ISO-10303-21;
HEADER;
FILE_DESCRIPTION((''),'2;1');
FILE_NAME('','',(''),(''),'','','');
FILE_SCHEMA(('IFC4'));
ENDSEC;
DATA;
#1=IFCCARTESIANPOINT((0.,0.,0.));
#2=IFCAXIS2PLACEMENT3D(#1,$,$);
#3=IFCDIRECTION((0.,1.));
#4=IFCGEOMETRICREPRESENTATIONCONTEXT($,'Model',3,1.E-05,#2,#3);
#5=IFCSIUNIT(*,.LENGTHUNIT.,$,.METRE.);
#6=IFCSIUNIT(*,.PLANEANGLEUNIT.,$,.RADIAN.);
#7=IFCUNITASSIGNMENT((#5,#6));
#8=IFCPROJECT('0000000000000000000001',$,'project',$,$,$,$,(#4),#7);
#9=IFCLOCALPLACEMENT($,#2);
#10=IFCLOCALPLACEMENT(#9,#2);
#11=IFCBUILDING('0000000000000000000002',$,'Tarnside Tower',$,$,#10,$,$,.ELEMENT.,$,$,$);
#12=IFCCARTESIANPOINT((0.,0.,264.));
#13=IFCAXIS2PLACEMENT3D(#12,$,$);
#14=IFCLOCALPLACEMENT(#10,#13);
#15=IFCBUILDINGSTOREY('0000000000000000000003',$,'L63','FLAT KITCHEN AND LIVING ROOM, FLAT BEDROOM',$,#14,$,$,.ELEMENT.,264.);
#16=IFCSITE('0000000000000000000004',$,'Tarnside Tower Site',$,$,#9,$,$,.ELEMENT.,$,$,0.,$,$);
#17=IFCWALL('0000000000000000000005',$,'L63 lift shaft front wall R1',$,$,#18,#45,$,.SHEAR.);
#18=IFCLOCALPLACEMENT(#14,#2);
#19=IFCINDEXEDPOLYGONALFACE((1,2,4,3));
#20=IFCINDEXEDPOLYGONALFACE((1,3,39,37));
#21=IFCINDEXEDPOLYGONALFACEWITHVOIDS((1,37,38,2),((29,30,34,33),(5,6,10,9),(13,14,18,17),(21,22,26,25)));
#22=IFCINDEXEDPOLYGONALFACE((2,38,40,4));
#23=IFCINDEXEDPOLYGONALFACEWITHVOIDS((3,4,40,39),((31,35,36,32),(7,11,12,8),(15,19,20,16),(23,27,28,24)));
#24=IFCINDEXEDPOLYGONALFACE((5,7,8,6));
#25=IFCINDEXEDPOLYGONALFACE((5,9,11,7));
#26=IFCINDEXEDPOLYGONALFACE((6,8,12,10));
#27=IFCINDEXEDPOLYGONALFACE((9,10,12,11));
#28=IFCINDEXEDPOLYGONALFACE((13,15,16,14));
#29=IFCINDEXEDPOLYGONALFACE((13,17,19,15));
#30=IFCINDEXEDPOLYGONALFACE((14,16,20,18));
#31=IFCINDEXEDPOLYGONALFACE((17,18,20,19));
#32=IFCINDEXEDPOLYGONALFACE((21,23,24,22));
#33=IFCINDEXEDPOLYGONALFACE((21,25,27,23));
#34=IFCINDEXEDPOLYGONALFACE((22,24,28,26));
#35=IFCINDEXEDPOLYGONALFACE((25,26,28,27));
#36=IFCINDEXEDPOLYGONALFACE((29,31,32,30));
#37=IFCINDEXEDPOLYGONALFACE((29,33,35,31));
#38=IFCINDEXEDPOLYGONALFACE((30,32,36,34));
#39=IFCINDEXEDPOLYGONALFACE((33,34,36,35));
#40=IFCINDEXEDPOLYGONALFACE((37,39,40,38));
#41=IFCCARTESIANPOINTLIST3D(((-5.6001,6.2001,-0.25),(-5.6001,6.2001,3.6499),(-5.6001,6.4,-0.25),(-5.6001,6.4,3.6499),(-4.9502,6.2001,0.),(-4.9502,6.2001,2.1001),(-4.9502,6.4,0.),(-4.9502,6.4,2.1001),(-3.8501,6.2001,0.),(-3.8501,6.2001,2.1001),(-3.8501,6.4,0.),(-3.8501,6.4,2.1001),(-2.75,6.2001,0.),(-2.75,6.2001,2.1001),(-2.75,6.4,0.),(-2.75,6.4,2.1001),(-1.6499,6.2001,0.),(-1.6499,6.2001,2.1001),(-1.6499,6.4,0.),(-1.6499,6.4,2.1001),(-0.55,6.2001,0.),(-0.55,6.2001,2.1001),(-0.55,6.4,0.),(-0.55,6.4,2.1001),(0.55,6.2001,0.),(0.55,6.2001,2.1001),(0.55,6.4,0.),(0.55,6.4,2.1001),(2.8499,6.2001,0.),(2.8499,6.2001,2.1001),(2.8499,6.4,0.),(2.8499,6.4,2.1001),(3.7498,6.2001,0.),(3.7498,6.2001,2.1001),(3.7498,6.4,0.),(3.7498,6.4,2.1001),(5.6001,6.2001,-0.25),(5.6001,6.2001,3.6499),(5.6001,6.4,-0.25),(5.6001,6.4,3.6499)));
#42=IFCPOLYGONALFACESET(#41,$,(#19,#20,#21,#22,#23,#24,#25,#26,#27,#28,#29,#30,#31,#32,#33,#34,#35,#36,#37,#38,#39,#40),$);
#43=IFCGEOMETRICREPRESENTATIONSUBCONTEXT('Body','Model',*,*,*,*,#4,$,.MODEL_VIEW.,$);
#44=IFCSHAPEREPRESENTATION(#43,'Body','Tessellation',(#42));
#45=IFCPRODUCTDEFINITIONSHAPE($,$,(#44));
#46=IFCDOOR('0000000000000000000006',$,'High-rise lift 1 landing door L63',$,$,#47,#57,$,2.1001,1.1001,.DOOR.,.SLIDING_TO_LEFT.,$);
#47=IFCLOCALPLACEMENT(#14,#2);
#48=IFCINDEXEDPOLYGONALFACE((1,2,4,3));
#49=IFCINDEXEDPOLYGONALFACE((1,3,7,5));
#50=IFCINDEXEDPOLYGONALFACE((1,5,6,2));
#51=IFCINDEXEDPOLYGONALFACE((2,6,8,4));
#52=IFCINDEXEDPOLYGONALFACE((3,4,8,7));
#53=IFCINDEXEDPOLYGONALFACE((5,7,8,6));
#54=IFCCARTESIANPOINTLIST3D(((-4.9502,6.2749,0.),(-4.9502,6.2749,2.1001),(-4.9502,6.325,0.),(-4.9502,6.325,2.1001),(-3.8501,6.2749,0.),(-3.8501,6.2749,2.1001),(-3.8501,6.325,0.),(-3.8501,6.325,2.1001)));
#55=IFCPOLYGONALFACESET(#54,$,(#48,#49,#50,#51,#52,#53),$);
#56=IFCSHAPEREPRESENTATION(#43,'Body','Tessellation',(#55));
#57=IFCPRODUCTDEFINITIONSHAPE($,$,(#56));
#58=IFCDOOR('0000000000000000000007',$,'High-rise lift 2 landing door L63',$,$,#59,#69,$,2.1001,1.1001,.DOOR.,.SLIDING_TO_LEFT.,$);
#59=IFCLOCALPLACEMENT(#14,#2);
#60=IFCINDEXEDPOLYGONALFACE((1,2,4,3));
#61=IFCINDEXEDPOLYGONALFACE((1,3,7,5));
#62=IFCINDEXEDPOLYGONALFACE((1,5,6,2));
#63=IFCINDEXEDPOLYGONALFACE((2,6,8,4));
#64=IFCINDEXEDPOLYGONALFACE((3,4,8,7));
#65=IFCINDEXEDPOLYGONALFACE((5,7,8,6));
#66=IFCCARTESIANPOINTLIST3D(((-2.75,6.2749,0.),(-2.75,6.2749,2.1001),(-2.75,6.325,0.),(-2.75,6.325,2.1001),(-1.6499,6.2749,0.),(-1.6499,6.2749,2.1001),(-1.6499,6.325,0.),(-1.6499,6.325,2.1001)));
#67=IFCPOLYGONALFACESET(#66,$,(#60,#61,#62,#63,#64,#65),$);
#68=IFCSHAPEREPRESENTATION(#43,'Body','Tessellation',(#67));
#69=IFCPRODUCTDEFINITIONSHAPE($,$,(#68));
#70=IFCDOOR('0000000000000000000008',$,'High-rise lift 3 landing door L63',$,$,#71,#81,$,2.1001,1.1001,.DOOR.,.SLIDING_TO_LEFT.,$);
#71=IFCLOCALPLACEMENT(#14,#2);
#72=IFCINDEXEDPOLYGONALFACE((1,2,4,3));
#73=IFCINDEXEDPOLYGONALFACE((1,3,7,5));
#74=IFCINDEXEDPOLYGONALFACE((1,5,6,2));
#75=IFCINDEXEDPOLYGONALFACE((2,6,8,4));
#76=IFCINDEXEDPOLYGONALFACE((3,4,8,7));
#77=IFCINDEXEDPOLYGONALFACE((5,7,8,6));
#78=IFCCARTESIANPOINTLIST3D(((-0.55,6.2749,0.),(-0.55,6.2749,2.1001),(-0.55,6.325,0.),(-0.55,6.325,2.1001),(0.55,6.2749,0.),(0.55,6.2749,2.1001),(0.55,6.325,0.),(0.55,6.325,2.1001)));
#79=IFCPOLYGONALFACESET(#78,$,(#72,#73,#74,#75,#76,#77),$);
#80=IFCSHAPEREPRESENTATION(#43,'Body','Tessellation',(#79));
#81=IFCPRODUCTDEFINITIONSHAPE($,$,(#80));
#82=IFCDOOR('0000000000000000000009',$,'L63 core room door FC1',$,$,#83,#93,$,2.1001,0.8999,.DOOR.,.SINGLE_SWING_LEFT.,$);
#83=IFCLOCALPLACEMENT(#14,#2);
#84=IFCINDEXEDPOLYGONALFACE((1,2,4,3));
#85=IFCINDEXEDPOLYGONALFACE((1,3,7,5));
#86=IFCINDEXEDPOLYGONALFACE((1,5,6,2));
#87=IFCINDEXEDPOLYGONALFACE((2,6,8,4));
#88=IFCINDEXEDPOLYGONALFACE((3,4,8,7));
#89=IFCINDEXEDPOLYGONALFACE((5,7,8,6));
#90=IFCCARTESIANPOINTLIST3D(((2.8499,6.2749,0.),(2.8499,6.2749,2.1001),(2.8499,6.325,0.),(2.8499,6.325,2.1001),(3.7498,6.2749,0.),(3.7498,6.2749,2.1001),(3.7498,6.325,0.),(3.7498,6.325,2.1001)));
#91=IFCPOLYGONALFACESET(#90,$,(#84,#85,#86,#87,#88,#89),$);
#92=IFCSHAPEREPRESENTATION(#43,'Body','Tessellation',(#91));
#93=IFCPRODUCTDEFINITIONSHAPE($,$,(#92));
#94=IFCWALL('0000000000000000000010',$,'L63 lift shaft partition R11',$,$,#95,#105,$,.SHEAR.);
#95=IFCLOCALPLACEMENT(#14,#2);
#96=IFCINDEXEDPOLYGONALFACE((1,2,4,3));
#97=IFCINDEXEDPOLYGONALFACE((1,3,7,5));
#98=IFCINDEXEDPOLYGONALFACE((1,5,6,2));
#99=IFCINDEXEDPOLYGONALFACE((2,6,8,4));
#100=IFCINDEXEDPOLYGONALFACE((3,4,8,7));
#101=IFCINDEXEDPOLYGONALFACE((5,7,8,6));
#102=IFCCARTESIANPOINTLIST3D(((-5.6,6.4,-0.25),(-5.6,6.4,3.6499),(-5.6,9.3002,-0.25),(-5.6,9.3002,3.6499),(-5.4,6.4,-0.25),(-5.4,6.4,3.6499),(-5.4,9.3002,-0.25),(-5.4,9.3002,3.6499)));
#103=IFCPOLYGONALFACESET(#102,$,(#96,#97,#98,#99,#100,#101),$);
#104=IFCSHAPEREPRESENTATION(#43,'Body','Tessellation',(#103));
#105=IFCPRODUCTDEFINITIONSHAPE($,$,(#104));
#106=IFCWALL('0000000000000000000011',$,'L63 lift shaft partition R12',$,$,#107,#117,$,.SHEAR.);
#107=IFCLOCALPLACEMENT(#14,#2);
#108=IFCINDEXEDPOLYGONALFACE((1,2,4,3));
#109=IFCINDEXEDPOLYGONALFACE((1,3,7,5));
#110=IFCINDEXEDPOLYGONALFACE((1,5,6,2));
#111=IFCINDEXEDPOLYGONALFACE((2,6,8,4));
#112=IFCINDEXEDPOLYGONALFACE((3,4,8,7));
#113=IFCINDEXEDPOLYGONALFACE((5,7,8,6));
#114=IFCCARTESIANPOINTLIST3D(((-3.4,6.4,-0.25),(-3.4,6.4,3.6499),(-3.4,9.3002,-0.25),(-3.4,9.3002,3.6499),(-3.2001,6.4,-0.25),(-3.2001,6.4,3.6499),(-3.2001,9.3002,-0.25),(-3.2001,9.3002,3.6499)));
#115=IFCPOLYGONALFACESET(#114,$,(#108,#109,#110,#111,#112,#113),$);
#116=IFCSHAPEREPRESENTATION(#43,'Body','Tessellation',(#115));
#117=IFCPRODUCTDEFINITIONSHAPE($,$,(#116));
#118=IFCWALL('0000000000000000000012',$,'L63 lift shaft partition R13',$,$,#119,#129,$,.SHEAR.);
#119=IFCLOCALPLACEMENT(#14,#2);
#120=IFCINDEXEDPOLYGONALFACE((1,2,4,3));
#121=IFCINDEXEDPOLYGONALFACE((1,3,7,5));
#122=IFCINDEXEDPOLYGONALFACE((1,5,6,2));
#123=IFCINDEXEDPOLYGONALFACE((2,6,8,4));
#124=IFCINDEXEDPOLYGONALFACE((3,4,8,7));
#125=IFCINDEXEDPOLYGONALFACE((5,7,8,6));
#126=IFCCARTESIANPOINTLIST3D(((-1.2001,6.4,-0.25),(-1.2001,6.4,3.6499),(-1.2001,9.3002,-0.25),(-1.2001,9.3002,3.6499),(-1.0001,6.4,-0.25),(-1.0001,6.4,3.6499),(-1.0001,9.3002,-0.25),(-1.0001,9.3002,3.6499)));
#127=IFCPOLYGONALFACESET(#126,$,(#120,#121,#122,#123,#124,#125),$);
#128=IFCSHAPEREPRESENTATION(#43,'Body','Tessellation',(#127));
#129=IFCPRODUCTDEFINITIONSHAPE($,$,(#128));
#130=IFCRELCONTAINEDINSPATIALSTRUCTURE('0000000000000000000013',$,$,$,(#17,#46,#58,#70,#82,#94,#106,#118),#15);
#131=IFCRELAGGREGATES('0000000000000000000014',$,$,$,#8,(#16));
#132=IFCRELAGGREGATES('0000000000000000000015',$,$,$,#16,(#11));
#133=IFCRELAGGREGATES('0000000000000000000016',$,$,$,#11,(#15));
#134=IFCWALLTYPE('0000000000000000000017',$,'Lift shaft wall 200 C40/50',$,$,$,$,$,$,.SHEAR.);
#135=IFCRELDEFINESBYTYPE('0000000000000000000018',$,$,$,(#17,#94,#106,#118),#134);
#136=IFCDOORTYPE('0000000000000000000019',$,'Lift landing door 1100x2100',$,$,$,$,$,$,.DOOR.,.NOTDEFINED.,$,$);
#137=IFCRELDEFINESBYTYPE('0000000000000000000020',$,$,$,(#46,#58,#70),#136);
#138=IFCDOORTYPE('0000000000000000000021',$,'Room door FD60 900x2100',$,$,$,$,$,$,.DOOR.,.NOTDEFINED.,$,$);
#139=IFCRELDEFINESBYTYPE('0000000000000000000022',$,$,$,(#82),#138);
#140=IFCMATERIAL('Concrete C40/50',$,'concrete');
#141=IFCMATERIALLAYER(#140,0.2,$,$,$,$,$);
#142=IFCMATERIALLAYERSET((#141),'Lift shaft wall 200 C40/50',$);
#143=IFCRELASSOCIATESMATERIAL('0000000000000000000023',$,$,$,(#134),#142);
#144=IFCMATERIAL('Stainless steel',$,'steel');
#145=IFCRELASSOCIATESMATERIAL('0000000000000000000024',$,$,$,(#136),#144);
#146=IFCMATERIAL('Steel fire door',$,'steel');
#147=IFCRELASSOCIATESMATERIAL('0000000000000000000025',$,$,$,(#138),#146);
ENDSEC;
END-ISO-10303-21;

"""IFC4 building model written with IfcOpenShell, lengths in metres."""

from ifc_helpers import new_model, si_unit, direction, frame, frame_2d, origin, place, context, subcontext, project, spatial, rectangle, extrude, material, layer, layer_set, type_object, element, fill, save


model = new_model("IFC4")

# Units and contexts
model_context = context("Model", 3, precision=1e-05, world=origin(), true_north=direction((0.0, 1.0)))
body_context = subcontext(model_context, "Body", "Model", "MODEL_VIEW")
ifc_project = project(units=[si_unit("LENGTHUNIT", "METRE"), si_unit("PLANEANGLEUNIT", "RADIAN")], contexts=[model_context])

# Site, building, storey
site_placement = place(None, origin())
site = spatial("IfcSite", under=ifc_project, at=site_placement, Name="Tarnside Tower Site", CompositionType="ELEMENT", RefElevation=0.0)
building_placement = place(site_placement, origin())
building = spatial("IfcBuilding", under=site, at=building_placement, Name="Tarnside Tower", CompositionType="ELEMENT")
storey_placement = place(building_placement, frame((0.0, 0.0, 264.0)))
storey = spatial("IfcBuildingStorey", under=building, at=storey_placement, Name="L63", Description="FLAT KITCHEN AND LIVING ROOM, FLAT BEDROOM", CompositionType="ELEMENT", Elevation=264.0)

# Wall, openings, doors
ifc_material_1 = material(Name="Concrete C40/50", Category="concrete")
ifc_layer_1 = layer(ifc_material_1, 0.2)
ifc_layer_set_1 = layer_set([ifc_layer_1], Name="Lift shaft wall 200 C40/50")
wall_type_1 = type_object("IfcWallType", Name="Lift shaft wall 200 C40/50", PredefinedType="SHEAR", material=ifc_layer_set_1)
wall_1_placement = place(storey_placement, frame((-5.6001, 6.3, -0.25), z_axis=(0.0, 0.0, 1.0), x_axis=(1.0, 0.0, 0.0)))
wall_1 = element("IfcWall", 1, at=wall_1_placement, inside=storey, type_object=wall_type_1, Name="L63 lift shaft front wall R1", PredefinedType="SHEAR", context=body_context, shape_type="SweptSolid", body=[
    extrude(rectangle(XDim=11.2002, YDim=0.2, at=frame_2d((5.6001, 0.0))), origin(), (0.0, 0.0, 1.0), 3.8999),
])
opening_1_placement = place(wall_1_placement, frame((8.45, 0.0, 0.25)))
opening_1 = element("IfcOpeningElement", 2, at=opening_1_placement, cuts=wall_1, PredefinedType="OPENING", context=body_context, shape_type="SweptSolid", body=[
    extrude(rectangle(XDim=0.8999, YDim=2.1001, at=frame_2d((0.45, 1.05))), frame((0.0, 0.1099, 0.0), z_axis=(0.0, -1.0, 0.0), x_axis=(1.0, 0.0, 0.0)), (0.0, 0.0, 1.0), 0.22),
])
opening_2_placement = place(wall_1_placement, frame((0.6499, 0.0, 0.25)))
opening_2 = element("IfcOpeningElement", 3, at=opening_2_placement, cuts=wall_1, PredefinedType="OPENING", context=body_context, shape_type="SweptSolid", body=[
    extrude(rectangle(XDim=1.1001, YDim=2.1001, at=frame_2d((0.55, 1.05))), frame((0.0, 0.1099, 0.0), z_axis=(0.0, -1.0, 0.0), x_axis=(1.0, 0.0, 0.0)), (0.0, 0.0, 1.0), 0.22),
])
opening_3_placement = place(wall_1_placement, frame((2.8501, 0.0, 0.25)))
opening_3 = element("IfcOpeningElement", 4, at=opening_3_placement, cuts=wall_1, PredefinedType="OPENING", context=body_context, shape_type="SweptSolid", body=[
    extrude(rectangle(XDim=1.1001, YDim=2.1001, at=frame_2d((0.55, 1.05))), frame((0.0, 0.1099, 0.0), z_axis=(0.0, -1.0, 0.0), x_axis=(1.0, 0.0, 0.0)), (0.0, 0.0, 1.0), 0.22),
])
opening_4_placement = place(wall_1_placement, frame((5.05, 0.0, 0.25)))
opening_4 = element("IfcOpeningElement", 5, at=opening_4_placement, cuts=wall_1, PredefinedType="OPENING", context=body_context, shape_type="SweptSolid", body=[
    extrude(rectangle(XDim=1.1001, YDim=2.1001, at=frame_2d((0.55, 1.05))), frame((0.0, 0.1099, 0.0), z_axis=(0.0, -1.0, 0.0), x_axis=(1.0, 0.0, 0.0)), (0.0, 0.0, 1.0), 0.22),
])
ifc_material_2 = material(Name="Stainless steel", Category="steel")
door_type_1 = type_object("IfcDoorType", Name="Lift landing door 1100x2100", OperationType="NOTDEFINED", PredefinedType="DOOR", material=ifc_material_2)
door_1_placement = place(opening_2_placement, origin())
door_1 = element("IfcDoor", 6, at=door_1_placement, inside=storey, type_object=door_type_1, Name="High-rise lift 1 landing door L63", OperationType="SLIDING_TO_LEFT", OverallHeight=2.1001, OverallWidth=1.1001, PredefinedType="DOOR", context=body_context, shape_type="SweptSolid", body=[
    extrude(rectangle(XDim=1.1001, YDim=2.1001, at=frame_2d((0.55, 1.05))), frame((0.0, 0.0249, 0.0), z_axis=(0.0, -1.0, 0.0), x_axis=(1.0, 0.0, 0.0)), (0.0, 0.0, 1.0), 0.05),
])
fill(opening_2, door_1)
door_2_placement = place(opening_3_placement, origin())
door_2 = element("IfcDoor", 7, at=door_2_placement, inside=storey, type_object=door_type_1, Name="High-rise lift 2 landing door L63", OperationType="SLIDING_TO_LEFT", OverallHeight=2.1001, OverallWidth=1.1001, PredefinedType="DOOR", context=body_context, shape_type="SweptSolid", body=[
    extrude(rectangle(XDim=1.1001, YDim=2.1001, at=frame_2d((0.55, 1.05))), frame((0.0, 0.0249, 0.0), z_axis=(0.0, -1.0, 0.0), x_axis=(1.0, 0.0, 0.0)), (0.0, 0.0, 1.0), 0.05),
])
fill(opening_3, door_2)
door_3_placement = place(opening_4_placement, origin())
door_3 = element("IfcDoor", 8, at=door_3_placement, inside=storey, type_object=door_type_1, Name="High-rise lift 3 landing door L63", OperationType="SLIDING_TO_LEFT", OverallHeight=2.1001, OverallWidth=1.1001, PredefinedType="DOOR", context=body_context, shape_type="SweptSolid", body=[
    extrude(rectangle(XDim=1.1001, YDim=2.1001, at=frame_2d((0.55, 1.05))), frame((0.0, 0.0249, 0.0), z_axis=(0.0, -1.0, 0.0), x_axis=(1.0, 0.0, 0.0)), (0.0, 0.0, 1.0), 0.05),
])
fill(opening_4, door_3)
ifc_material_3 = material(Name="Steel fire door", Category="steel")
door_type_2 = type_object("IfcDoorType", Name="Room door FD60 900x2100", OperationType="NOTDEFINED", PredefinedType="DOOR", material=ifc_material_3)
door_4_placement = place(opening_1_placement, origin())
door_4 = element("IfcDoor", 9, at=door_4_placement, inside=storey, type_object=door_type_2, Name="L63 core room door FC1", OperationType="SINGLE_SWING_LEFT", OverallHeight=2.1001, OverallWidth=0.8999, PredefinedType="DOOR", context=body_context, shape_type="SweptSolid", body=[
    extrude(rectangle(XDim=0.8999, YDim=2.1001, at=frame_2d((0.45, 1.05))), frame((0.0, 0.0249, 0.0), z_axis=(0.0, -1.0, 0.0), x_axis=(1.0, 0.0, 0.0)), (0.0, 0.0, 1.0), 0.05),
])
fill(opening_1, door_4)

# Walls
for number, where, z_axis, x_axis, name in (
    (10, (-5.5, 6.3999, -0.25), (0.0, 0.0, 1.0), (0.0, 1.0, 0.0), "L63 lift shaft partition R11"),
    (11, (-3.3, 6.3999, -0.25), (0.0, 0.0, 1.0), (0.0, 1.0, 0.0), "L63 lift shaft partition R12"),
    (12, (-1.1001, 6.3999, -0.25), (0.0, 0.0, 1.0), (0.0, 1.0, 0.0), "L63 lift shaft partition R13"),
):
    element("IfcWall", number, at=place(storey_placement, frame(where, z_axis=z_axis, x_axis=x_axis)), inside=storey, type_object=wall_type_1, Name=name, PredefinedType="SHEAR", context=body_context, shape_type="SweptSolid", body=[
        extrude(rectangle(XDim=2.9001, YDim=0.2, at=frame_2d((1.4502, 0.0))), origin(), (0.0, 0.0, 1.0), 3.8999),
    ])

save(model, "model.ifc")
